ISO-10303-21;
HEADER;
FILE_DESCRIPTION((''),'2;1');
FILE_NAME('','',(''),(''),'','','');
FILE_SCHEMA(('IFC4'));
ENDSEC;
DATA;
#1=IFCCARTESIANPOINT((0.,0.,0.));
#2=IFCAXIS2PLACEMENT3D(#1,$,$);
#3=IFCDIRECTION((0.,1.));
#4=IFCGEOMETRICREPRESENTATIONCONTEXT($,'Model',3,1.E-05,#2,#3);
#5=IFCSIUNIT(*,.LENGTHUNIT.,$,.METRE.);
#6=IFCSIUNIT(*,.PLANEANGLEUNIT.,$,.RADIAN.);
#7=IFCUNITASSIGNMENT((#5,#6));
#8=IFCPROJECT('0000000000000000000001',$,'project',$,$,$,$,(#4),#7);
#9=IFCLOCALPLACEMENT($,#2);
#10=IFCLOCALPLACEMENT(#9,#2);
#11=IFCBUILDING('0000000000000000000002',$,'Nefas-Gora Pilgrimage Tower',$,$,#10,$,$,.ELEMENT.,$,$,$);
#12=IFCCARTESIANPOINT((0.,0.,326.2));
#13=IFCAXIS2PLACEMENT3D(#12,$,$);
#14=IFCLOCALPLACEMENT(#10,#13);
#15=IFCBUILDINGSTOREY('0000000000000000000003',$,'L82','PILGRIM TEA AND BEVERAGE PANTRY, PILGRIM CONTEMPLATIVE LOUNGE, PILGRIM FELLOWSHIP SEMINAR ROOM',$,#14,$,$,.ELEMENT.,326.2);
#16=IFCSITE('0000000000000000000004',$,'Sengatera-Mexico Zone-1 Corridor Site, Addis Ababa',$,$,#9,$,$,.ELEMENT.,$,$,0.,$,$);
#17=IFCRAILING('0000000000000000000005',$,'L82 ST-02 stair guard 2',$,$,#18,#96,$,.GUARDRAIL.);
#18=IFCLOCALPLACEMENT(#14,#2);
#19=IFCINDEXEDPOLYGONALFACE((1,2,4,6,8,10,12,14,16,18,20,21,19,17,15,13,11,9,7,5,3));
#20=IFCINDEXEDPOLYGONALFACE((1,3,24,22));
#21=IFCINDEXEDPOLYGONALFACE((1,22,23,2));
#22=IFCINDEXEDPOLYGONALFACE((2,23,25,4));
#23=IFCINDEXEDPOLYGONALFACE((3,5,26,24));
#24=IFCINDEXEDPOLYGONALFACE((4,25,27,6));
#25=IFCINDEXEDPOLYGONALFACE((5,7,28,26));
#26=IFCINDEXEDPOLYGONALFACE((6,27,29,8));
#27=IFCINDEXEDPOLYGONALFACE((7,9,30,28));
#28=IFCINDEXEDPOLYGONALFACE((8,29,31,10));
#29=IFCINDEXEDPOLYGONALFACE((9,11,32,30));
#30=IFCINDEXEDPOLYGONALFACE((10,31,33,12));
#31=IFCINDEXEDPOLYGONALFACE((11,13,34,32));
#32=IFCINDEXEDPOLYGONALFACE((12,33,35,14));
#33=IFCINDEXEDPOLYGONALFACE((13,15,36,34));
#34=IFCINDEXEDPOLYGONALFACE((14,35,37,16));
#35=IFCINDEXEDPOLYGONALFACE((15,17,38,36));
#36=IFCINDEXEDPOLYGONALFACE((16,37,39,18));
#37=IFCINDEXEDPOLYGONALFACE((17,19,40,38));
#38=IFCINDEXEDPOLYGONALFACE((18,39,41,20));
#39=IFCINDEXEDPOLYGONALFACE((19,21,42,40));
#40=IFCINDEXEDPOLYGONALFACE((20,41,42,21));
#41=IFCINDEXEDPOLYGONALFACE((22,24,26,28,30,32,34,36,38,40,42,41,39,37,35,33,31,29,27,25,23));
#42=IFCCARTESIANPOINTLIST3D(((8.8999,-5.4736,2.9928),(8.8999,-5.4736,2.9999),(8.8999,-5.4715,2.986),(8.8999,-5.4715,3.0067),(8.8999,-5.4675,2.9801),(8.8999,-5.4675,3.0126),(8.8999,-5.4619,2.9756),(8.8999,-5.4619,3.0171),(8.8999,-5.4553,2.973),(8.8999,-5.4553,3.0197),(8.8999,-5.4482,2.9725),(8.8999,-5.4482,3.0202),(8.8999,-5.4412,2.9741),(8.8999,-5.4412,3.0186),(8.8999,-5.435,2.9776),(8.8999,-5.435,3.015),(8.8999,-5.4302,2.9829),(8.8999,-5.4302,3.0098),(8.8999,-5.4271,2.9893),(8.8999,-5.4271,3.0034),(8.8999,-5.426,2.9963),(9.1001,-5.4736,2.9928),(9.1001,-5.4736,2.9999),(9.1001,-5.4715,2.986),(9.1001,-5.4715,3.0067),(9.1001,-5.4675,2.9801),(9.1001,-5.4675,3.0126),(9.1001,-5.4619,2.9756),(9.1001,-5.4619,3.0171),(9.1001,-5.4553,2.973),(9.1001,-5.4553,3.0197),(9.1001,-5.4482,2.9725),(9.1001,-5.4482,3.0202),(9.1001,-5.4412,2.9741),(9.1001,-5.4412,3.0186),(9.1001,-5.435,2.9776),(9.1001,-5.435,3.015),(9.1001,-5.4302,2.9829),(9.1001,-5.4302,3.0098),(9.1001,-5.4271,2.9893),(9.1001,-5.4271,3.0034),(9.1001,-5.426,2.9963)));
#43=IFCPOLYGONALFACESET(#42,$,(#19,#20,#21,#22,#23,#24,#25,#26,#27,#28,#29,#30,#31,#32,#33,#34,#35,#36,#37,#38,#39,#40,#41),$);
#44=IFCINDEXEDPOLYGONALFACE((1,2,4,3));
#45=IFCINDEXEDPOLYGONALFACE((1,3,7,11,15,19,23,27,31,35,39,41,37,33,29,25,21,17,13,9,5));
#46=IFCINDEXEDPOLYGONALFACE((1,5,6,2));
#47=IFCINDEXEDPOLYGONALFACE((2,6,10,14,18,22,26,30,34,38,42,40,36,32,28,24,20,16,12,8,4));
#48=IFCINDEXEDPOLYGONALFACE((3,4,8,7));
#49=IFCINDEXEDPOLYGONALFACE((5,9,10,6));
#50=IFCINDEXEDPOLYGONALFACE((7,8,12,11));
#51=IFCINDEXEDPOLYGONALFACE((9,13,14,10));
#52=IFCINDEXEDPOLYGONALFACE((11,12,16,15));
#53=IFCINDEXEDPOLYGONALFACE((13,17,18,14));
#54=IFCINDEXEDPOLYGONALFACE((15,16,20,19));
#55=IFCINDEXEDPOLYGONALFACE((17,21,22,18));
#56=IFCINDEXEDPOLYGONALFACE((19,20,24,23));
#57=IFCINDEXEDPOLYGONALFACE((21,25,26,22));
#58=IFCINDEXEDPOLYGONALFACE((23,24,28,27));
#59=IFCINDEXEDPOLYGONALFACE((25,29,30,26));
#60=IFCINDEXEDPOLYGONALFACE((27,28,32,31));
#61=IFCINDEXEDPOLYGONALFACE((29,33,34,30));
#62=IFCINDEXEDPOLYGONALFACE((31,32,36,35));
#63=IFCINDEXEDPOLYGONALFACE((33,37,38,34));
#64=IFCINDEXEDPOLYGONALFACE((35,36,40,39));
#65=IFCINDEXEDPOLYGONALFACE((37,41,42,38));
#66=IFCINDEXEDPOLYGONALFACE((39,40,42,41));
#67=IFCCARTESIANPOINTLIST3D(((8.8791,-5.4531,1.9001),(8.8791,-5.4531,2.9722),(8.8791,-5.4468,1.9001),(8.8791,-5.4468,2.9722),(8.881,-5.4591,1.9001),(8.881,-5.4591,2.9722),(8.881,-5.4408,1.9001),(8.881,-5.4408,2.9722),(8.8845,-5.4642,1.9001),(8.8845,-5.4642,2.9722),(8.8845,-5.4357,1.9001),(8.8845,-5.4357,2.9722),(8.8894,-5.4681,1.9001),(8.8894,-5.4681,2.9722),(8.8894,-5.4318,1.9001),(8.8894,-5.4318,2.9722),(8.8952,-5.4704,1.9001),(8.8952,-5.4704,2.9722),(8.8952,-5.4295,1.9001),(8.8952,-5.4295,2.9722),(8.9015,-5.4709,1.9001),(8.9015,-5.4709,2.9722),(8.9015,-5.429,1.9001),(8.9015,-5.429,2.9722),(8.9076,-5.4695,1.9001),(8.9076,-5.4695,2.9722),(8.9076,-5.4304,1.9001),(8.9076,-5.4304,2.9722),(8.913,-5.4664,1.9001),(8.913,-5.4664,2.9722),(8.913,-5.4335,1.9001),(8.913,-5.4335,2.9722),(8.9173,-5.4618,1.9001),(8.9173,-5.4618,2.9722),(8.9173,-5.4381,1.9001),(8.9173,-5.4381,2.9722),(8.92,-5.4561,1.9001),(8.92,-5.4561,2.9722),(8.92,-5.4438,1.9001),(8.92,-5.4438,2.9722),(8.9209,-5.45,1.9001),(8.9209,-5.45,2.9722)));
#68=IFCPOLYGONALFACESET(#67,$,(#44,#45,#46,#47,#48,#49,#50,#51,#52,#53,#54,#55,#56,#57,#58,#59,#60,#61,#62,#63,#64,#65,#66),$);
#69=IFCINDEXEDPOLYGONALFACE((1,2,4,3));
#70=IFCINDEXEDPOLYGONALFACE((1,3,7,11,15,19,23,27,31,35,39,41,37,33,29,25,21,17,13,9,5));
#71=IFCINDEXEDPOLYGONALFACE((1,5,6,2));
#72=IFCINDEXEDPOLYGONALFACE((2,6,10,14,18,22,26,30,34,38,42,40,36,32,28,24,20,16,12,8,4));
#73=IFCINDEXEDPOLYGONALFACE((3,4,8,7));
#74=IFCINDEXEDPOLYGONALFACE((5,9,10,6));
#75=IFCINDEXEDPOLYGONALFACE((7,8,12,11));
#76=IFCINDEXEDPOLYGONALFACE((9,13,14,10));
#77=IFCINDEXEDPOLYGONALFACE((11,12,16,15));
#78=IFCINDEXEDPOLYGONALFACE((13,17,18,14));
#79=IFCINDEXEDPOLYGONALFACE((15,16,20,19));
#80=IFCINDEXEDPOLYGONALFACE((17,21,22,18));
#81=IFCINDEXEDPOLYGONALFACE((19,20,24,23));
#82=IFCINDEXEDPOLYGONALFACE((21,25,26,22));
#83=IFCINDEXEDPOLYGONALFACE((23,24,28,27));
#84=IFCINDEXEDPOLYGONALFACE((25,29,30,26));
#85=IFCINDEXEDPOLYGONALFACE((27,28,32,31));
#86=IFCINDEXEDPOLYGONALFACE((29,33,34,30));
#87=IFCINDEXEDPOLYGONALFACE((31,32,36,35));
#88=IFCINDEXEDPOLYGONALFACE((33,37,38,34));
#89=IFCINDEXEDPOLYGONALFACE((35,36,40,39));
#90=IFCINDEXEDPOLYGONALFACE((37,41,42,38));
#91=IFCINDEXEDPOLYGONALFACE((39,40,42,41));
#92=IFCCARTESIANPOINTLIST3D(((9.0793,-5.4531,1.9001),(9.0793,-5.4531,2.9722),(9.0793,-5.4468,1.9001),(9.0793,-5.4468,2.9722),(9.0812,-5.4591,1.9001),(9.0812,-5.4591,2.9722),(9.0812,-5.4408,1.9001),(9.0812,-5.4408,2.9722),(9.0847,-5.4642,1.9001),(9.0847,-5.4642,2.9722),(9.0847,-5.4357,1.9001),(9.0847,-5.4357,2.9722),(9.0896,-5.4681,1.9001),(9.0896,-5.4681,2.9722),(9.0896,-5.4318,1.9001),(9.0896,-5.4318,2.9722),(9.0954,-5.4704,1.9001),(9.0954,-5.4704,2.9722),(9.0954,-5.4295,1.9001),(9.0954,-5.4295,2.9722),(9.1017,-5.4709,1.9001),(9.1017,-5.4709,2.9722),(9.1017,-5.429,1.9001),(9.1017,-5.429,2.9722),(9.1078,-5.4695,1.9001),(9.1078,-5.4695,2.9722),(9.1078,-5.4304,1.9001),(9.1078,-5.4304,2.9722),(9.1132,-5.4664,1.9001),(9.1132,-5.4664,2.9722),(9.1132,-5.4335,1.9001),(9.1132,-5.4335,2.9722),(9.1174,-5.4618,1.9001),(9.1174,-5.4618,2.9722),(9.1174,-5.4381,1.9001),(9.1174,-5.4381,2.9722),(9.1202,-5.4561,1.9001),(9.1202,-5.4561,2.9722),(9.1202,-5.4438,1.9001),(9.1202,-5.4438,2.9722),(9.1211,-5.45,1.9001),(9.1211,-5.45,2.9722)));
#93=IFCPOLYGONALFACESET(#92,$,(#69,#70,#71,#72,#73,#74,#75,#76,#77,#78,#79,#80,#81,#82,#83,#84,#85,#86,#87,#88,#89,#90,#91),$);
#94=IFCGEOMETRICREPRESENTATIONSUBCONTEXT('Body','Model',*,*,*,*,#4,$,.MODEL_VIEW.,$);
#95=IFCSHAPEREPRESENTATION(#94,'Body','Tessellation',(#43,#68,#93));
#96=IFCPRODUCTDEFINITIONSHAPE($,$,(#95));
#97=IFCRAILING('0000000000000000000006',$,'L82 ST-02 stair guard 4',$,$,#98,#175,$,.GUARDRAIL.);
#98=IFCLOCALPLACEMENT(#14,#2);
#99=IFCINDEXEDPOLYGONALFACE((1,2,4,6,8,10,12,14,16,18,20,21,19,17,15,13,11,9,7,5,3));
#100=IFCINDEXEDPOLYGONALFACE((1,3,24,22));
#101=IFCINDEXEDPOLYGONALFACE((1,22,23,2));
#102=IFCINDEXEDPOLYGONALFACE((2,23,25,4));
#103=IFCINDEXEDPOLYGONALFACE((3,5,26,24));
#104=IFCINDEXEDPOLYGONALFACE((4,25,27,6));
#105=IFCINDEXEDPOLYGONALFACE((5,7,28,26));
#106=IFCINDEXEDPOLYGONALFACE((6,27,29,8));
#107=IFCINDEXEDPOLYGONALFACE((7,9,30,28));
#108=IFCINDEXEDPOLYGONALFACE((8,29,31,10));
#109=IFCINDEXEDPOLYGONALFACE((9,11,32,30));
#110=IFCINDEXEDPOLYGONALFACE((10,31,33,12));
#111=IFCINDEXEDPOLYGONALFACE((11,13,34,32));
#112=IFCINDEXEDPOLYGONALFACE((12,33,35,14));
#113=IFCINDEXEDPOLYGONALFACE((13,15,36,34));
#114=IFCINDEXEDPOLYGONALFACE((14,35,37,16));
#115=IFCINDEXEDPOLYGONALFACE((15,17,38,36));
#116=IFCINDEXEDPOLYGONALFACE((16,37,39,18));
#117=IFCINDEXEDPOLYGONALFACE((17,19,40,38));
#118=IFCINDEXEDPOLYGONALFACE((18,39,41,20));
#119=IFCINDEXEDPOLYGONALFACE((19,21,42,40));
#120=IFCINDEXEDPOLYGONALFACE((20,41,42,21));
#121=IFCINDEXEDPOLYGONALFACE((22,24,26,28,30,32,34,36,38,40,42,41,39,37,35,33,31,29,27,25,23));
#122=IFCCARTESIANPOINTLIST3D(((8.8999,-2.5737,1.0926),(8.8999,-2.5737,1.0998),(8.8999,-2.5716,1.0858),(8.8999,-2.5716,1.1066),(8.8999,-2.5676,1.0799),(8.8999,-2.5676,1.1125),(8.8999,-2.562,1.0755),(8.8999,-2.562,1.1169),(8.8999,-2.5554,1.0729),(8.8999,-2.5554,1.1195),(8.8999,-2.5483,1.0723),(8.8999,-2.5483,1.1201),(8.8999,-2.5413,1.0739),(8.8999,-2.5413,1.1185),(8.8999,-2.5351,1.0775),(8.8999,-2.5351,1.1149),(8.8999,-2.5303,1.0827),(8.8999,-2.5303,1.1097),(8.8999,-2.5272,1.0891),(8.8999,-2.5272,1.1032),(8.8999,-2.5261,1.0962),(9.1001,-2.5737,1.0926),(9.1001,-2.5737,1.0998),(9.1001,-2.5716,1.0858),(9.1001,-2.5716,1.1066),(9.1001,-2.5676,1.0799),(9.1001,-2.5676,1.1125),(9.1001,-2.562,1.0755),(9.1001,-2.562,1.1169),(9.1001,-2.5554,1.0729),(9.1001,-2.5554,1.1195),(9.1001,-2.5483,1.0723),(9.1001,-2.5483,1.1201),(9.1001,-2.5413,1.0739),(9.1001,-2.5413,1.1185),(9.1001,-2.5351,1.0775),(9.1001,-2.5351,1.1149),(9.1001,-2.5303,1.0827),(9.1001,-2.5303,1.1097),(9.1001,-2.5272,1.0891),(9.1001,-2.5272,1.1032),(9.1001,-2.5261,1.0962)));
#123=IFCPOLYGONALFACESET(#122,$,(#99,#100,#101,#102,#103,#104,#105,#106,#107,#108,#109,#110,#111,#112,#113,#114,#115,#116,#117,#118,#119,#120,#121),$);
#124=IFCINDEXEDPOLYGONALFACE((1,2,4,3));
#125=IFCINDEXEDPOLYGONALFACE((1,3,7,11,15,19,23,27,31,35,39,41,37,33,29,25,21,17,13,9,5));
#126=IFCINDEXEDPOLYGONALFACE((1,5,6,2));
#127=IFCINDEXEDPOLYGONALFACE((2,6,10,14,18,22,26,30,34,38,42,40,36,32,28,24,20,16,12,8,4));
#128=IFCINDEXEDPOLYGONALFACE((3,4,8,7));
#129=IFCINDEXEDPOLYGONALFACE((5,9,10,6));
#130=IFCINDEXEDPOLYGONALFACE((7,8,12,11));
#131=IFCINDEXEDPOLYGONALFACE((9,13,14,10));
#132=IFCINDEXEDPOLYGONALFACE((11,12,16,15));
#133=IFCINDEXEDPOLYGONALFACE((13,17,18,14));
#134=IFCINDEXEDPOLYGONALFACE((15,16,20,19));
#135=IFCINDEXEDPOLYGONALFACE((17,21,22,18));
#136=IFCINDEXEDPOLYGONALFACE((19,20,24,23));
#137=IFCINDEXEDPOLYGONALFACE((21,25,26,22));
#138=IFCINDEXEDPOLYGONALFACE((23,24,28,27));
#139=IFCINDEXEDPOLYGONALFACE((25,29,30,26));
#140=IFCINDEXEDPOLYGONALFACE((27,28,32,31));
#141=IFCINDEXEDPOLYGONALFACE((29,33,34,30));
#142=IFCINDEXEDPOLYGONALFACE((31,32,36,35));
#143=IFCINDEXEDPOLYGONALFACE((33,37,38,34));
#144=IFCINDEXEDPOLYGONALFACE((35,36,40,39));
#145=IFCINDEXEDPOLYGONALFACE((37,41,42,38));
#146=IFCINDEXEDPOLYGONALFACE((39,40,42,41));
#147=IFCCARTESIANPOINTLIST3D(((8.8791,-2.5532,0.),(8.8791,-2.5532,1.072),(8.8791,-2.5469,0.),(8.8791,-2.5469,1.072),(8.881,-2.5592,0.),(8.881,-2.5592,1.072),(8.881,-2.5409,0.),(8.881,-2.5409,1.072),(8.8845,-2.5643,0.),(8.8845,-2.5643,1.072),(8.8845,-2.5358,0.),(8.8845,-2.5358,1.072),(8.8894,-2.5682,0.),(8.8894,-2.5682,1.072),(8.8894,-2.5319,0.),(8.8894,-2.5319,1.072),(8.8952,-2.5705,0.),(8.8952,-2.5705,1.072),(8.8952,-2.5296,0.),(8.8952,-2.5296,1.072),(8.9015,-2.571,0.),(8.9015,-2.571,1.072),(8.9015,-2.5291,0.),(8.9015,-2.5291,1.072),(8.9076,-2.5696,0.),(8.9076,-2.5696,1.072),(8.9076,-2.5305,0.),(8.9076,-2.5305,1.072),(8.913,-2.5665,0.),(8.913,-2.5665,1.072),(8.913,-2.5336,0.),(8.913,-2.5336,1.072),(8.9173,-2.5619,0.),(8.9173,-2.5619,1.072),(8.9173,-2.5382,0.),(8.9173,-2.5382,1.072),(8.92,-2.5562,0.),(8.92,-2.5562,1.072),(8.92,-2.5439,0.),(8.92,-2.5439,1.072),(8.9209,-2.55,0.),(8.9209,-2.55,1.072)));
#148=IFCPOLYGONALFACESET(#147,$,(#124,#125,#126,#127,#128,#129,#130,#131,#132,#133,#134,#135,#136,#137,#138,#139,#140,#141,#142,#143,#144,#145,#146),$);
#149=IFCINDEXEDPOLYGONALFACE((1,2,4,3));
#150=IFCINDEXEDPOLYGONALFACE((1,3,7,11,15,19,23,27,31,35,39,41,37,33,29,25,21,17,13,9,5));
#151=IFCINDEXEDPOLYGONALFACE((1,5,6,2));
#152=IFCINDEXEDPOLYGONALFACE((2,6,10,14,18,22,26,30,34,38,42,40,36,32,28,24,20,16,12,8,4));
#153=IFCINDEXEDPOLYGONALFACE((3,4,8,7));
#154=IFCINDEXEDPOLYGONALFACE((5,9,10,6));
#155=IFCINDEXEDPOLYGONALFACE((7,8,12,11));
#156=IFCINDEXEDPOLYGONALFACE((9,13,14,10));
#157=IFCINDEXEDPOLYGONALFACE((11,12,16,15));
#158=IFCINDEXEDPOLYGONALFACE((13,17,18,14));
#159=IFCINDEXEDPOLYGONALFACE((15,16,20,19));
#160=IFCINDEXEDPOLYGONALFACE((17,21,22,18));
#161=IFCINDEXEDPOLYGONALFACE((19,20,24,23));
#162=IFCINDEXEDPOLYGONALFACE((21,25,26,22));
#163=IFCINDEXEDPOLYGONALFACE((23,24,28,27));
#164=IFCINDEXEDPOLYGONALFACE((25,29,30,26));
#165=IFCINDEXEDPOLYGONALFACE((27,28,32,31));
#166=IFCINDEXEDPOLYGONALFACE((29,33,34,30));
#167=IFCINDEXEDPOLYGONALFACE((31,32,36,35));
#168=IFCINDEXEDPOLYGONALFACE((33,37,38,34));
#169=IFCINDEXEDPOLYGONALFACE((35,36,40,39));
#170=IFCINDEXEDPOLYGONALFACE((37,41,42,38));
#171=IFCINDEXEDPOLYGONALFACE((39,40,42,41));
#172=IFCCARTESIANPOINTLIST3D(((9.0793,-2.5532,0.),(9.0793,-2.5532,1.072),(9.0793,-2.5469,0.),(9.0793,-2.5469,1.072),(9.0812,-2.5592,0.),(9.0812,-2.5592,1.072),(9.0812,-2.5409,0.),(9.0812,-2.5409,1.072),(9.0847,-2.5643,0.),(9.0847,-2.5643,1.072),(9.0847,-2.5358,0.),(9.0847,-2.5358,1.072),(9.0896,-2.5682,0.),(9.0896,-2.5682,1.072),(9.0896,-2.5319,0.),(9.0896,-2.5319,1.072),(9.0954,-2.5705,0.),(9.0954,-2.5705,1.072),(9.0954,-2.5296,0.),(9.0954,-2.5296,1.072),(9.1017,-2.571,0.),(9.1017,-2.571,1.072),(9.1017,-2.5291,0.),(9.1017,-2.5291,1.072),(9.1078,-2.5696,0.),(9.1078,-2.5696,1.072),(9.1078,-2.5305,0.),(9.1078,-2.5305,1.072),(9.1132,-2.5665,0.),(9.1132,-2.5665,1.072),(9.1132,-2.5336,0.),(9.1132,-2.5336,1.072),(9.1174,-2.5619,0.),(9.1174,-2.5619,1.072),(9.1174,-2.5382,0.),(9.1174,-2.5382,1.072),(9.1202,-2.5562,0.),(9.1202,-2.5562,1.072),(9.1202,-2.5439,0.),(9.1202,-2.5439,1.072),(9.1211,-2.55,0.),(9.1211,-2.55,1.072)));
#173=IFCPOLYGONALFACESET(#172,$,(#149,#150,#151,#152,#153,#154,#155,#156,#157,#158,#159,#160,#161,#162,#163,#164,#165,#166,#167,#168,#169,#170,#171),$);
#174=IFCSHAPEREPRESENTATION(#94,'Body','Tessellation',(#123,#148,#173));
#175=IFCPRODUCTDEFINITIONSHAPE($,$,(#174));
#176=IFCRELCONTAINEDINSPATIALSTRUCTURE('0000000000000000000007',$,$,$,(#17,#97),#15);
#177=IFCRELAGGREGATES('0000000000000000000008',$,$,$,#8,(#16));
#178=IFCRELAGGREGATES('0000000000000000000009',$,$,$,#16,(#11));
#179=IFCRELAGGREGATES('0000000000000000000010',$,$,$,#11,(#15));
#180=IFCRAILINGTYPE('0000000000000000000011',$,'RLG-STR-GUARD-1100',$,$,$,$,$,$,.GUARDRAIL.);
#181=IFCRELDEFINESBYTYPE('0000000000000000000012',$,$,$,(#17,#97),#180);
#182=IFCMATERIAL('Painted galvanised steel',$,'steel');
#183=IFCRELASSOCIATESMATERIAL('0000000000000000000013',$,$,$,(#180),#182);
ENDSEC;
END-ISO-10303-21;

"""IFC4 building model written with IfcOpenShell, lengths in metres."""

from ifc_helpers import new_model, si_unit, direction, frame, origin, origin_2d, place, context, subcontext, project, spatial, circle, extrude, material, type_object, element, save


model = new_model("IFC4")

# Units and contexts
model_context = context("Model", 3, precision=1e-05, world=origin(), true_north=direction((0.0, 1.0)))
body_context = subcontext(model_context, "Body", "Model", "MODEL_VIEW")
ifc_project = project(units=[si_unit("LENGTHUNIT", "METRE"), si_unit("PLANEANGLEUNIT", "RADIAN")], contexts=[model_context])

# Site, building, storey
site_placement = place(None, origin())
site = spatial("IfcSite", under=ifc_project, at=site_placement, Name="Sengatera-Mexico Zone-1 Corridor Site, Addis Ababa", CompositionType="ELEMENT", RefElevation=0.0)
building_placement = place(site_placement, origin())
building = spatial("IfcBuilding", under=site, at=building_placement, Name="Nefas-Gora Pilgrimage Tower", CompositionType="ELEMENT")
storey_placement = place(building_placement, frame((0.0, 0.0, 326.2)))
storey = spatial("IfcBuildingStorey", under=building, at=storey_placement, Name="L82", Description="PILGRIM TEA AND BEVERAGE PANTRY, PILGRIM CONTEMPLATIVE LOUNGE, PILGRIM FELLOWSHIP SEMINAR ROOM", CompositionType="ELEMENT", Elevation=326.2)

# Railings
ifc_material_1 = material(Name="Painted galvanised steel", Category="steel")
railing_type_1 = type_object("IfcRailingType", Name="RLG-STR-GUARD-1100", PredefinedType="GUARDRAIL", material=ifc_material_1)
for number, where, name in (
    (1, (8.8999, -5.45, 1.9001), "L82 ST-02 stair guard 2"),
    (2, (8.8999, -2.55, 0.0), "L82 ST-02 stair guard 4"),
):
    element("IfcRailing", number, at=place(storey_placement, frame(where)), inside=storey, type_object=railing_type_1, Name=name, PredefinedType="GUARDRAIL", context=body_context, shape_type="SweptSolid", body=[
        extrude(circle(Radius=0.0239, at=origin_2d()), frame((0.0, 0.0, 1.0962), z_axis=(1.0, 0.0, 0.0), x_axis=(0.0, 1.0, 0.0)), (0.0, 0.0, 1.0), 0.2002),
        extrude(circle(Radius=0.021, at=origin_2d()), origin(), (0.0, 0.0, 1.0), 1.072),
        extrude(circle(Radius=0.021, at=origin_2d()), frame((0.2002, 0.0, 0.0)), (0.0, 0.0, 1.0), 1.072),
    ])

save(model, "model.ifc")
